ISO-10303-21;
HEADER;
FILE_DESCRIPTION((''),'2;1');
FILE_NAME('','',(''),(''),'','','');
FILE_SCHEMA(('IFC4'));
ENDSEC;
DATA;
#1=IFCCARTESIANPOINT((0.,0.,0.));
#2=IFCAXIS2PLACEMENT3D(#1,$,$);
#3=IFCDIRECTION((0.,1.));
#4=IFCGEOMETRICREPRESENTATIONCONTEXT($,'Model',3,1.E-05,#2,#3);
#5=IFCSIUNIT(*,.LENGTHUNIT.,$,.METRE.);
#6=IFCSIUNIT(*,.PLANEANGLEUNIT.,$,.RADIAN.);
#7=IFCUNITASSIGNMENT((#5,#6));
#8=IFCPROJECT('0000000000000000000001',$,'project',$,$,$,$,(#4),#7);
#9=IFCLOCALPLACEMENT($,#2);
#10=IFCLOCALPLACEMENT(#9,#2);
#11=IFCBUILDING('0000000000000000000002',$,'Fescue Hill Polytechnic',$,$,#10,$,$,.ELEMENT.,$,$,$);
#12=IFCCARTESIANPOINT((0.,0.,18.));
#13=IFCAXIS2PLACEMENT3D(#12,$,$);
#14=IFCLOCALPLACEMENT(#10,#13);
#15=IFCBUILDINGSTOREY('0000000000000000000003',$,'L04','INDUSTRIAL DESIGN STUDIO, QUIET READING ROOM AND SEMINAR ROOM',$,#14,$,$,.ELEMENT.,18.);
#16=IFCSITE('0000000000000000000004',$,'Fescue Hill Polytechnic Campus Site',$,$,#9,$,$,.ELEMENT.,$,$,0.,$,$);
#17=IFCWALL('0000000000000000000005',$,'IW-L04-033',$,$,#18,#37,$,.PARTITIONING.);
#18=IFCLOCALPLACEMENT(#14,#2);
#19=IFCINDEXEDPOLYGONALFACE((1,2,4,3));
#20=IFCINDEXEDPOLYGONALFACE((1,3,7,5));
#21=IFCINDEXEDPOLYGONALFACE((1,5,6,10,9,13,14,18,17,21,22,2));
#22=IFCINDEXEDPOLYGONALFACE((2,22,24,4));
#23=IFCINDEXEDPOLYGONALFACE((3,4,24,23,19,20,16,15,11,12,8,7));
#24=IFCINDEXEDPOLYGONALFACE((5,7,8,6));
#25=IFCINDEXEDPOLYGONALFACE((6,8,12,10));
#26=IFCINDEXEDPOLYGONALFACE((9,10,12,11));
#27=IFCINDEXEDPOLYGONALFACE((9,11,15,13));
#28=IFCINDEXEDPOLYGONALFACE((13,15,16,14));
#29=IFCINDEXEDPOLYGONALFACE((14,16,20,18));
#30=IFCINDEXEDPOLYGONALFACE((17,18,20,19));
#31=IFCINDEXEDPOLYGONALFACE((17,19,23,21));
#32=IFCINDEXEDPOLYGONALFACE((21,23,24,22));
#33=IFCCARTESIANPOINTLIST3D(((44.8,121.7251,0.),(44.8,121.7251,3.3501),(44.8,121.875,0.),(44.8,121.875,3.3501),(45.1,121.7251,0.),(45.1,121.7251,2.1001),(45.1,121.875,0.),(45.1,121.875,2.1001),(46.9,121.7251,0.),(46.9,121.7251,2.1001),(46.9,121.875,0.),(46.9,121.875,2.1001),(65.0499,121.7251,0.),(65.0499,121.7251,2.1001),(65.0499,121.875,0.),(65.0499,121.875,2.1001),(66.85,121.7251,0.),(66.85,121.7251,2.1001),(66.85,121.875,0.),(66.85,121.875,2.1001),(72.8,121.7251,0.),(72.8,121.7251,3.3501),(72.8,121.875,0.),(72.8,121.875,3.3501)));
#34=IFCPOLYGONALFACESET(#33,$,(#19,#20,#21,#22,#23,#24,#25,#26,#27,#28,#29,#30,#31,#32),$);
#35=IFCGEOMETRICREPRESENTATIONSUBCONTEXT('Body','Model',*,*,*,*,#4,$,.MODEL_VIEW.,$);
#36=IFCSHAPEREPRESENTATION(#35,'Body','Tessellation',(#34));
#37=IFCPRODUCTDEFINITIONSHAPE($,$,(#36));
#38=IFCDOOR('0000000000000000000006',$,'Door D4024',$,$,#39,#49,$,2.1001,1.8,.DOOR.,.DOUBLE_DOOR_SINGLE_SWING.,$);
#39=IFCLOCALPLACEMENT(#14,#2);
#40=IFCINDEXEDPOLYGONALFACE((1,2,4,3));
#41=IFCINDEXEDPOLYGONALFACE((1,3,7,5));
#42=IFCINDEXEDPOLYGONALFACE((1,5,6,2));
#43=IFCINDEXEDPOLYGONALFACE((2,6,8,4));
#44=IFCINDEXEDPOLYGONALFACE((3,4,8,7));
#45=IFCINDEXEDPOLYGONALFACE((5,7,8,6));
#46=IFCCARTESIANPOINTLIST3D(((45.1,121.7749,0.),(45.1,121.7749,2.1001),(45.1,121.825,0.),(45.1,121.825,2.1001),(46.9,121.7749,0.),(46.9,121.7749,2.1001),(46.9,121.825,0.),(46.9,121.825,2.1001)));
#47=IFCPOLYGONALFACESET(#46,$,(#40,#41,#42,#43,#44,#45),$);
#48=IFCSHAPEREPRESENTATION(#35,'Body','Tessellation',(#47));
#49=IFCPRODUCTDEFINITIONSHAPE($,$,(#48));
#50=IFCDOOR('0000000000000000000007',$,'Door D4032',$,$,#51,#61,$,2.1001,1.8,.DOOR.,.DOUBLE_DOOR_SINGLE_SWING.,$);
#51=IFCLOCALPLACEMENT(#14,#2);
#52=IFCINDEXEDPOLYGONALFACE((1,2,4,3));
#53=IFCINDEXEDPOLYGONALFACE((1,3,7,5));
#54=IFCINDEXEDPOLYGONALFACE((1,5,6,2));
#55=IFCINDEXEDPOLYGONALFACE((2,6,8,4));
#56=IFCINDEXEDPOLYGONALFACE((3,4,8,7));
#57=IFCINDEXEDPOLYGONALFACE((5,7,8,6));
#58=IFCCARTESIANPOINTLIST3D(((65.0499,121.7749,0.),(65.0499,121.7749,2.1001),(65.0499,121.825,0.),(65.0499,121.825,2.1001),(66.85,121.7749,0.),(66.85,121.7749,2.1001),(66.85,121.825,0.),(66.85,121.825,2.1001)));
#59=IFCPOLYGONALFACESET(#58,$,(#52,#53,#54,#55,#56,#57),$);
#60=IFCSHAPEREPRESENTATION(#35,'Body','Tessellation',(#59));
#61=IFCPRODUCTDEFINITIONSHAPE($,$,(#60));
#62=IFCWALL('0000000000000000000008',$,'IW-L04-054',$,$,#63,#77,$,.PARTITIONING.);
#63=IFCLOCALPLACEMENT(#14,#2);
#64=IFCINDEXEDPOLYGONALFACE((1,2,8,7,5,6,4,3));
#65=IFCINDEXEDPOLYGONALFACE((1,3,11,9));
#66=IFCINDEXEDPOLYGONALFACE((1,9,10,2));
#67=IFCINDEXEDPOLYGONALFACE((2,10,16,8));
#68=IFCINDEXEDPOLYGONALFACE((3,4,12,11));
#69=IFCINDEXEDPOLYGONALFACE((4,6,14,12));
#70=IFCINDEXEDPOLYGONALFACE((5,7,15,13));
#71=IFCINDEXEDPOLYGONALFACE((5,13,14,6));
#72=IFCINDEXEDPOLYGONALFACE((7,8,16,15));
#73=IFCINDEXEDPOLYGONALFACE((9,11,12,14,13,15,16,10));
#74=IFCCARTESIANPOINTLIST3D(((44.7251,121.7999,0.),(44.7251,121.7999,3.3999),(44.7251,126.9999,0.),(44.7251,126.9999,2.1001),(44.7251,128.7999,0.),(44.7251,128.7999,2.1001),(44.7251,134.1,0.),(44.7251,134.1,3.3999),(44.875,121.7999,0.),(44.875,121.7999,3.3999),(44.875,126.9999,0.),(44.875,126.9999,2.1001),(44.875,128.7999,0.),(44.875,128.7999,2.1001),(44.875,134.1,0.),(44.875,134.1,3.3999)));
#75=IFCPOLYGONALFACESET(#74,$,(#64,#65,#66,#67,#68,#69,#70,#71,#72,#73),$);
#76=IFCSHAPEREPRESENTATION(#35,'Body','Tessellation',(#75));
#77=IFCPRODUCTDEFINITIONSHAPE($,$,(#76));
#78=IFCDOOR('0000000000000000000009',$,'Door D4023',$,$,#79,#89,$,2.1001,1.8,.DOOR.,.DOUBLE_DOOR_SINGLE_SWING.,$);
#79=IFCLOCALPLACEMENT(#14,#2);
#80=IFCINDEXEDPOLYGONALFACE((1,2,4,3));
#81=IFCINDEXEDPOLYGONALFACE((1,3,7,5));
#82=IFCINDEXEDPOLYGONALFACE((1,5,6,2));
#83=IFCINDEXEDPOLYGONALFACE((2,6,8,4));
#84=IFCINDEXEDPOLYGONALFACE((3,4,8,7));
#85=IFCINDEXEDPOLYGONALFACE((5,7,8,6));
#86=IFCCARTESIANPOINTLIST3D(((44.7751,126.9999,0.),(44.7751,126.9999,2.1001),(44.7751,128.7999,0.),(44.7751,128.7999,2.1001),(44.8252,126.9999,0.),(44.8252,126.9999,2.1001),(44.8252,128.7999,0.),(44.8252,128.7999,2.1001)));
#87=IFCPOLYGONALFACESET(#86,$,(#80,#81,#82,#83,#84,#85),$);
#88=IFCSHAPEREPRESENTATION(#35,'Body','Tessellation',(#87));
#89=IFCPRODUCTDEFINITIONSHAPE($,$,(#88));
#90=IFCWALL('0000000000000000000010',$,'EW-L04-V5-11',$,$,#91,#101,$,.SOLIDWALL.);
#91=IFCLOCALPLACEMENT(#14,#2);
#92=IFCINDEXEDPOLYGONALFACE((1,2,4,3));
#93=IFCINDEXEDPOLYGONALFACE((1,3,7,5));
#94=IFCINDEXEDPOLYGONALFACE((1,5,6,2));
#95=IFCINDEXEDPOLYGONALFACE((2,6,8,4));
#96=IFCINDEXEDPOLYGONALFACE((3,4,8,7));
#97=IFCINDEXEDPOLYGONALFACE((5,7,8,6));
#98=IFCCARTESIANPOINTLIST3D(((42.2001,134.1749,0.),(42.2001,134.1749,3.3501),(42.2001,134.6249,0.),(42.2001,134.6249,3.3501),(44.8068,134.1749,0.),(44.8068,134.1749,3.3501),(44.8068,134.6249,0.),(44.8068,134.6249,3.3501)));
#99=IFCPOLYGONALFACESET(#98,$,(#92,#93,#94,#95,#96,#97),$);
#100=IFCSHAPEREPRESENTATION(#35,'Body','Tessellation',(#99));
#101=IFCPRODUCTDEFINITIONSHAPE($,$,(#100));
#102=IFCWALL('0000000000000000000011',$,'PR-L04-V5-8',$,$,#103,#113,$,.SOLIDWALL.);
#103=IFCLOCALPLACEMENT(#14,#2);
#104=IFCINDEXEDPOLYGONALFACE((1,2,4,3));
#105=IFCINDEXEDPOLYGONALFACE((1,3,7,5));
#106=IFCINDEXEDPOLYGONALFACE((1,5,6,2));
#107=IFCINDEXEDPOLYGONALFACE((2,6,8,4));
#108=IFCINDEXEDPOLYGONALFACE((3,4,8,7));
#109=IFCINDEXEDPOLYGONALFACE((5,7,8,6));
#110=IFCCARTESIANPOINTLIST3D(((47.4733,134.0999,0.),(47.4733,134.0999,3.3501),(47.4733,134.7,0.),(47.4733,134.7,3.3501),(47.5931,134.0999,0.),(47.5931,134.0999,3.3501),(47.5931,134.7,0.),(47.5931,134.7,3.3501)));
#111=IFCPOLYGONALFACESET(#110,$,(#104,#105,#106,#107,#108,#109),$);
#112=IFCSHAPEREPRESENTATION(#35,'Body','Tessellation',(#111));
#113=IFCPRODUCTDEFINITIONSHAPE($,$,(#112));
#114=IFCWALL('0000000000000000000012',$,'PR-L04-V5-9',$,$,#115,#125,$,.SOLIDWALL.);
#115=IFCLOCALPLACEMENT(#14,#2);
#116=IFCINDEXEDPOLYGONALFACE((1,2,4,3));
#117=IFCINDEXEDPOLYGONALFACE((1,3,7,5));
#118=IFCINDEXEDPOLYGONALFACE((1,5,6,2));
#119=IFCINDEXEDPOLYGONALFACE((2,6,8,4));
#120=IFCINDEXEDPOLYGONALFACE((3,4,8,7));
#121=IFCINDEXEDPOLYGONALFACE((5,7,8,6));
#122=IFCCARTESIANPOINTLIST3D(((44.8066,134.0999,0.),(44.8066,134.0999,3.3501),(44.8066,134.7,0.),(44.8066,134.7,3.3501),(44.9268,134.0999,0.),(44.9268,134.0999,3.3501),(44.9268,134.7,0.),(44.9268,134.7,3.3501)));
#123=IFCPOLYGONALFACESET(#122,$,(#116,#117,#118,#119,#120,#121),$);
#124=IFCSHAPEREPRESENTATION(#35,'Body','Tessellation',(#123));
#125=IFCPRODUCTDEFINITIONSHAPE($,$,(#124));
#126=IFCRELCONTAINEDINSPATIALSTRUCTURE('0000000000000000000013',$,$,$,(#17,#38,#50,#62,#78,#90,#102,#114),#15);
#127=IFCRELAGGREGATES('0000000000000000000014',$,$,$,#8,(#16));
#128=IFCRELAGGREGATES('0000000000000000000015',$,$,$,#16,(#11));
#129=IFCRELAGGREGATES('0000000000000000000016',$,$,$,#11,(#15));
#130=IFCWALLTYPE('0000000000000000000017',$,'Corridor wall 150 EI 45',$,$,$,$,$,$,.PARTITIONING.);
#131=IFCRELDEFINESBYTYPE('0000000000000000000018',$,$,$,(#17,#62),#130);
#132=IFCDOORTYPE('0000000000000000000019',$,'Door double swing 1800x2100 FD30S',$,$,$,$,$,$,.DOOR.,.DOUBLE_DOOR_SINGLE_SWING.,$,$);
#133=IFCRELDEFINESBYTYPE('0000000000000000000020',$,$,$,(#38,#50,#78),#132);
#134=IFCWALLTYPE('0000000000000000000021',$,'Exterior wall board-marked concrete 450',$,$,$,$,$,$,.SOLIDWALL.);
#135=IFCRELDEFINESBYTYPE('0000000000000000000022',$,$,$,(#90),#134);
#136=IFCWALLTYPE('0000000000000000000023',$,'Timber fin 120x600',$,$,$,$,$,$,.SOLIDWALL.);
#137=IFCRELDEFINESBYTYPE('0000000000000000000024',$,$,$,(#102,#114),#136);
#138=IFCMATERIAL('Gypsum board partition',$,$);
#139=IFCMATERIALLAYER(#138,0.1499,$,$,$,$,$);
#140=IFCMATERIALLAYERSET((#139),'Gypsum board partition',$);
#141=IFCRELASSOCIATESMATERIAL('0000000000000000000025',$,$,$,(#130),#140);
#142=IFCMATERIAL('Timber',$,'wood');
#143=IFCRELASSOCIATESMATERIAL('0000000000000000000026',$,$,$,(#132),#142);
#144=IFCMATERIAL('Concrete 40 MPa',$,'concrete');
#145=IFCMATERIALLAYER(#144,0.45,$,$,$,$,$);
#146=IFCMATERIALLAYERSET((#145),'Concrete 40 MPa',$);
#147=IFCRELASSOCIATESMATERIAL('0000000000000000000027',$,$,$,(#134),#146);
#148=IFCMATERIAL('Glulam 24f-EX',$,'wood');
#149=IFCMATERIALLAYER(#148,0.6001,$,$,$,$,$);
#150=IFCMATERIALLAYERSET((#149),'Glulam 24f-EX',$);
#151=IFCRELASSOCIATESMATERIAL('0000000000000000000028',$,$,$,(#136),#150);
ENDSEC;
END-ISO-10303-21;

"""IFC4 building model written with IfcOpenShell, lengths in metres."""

from ifc_helpers import new_model, si_unit, direction, frame, frame_2d, origin, place, context, subcontext, project, spatial, rectangle, extrude, material, layer, layer_set, type_object, element, fill, save


model = new_model("IFC4")

# Units and contexts
model_context = context("Model", 3, precision=1e-05, world=origin(), true_north=direction((0.0, 1.0)))
body_context = subcontext(model_context, "Body", "Model", "MODEL_VIEW")
ifc_project = project(units=[si_unit("LENGTHUNIT", "METRE"), si_unit("PLANEANGLEUNIT", "RADIAN")], contexts=[model_context])

# Site, building, storey
site_placement = place(None, origin())
site = spatial("IfcSite", under=ifc_project, at=site_placement, Name="Fescue Hill Polytechnic Campus Site", CompositionType="ELEMENT", RefElevation=0.0)
building_placement = place(site_placement, origin())
building = spatial("IfcBuilding", under=site, at=building_placement, Name="Fescue Hill Polytechnic", CompositionType="ELEMENT")
storey_placement = place(building_placement, frame((0.0, 0.0, 18.0)))
storey = spatial("IfcBuildingStorey", under=building, at=storey_placement, Name="L04", Description="INDUSTRIAL DESIGN STUDIO, QUIET READING ROOM AND SEMINAR ROOM", CompositionType="ELEMENT", Elevation=18.0)

# Shared definitions
ifc_material_1 = material(Name="Concrete 40 MPa", Category="concrete")

# Wall, openings, doors
ifc_material_2 = material(Name="Gypsum board partition")
ifc_layer_1 = layer(ifc_material_2, 0.1499)
ifc_layer_set_1 = layer_set([ifc_layer_1], Name="Gypsum board partition")
wall_type_1 = type_object("IfcWallType", Name="Corridor wall 150 EI 45", PredefinedType="PARTITIONING", material=ifc_layer_set_1)
wall_1_placement = place(storey_placement, frame((44.8, 121.8, 0.0), z_axis=(0.0, 0.0, 1.0), x_axis=(1.0, 0.0, 0.0)))
wall_1 = element("IfcWall", 1, at=wall_1_placement, inside=storey, type_object=wall_type_1, Name="IW-L04-033", PredefinedType="PARTITIONING", context=body_context, shape_type="SweptSolid", body=[
    extrude(rectangle(XDim=28.0, YDim=0.1499, at=frame_2d((14.0, 0.0))), origin(), (0.0, 0.0, 1.0), 3.3501),
])
opening_1_placement = place(wall_1_placement, frame((0.3, 0.0, 0.0)))
opening_1 = element("IfcOpeningElement", 2, at=opening_1_placement, cuts=wall_1, PredefinedType="OPENING", context=body_context, shape_type="SweptSolid", body=[
    extrude(rectangle(XDim=1.8, YDim=2.1001, at=frame_2d((0.8999, 1.05))), frame((0.0, 0.085, 0.0), z_axis=(0.0, -1.0, 0.0), x_axis=(1.0, 0.0, 0.0)), (0.0, 0.0, 1.0), 0.1699),
])
opening_2_placement = place(wall_1_placement, frame((20.25, 0.0, 0.0)))
opening_2 = element("IfcOpeningElement", 3, at=opening_2_placement, cuts=wall_1, PredefinedType="OPENING", context=body_context, shape_type="SweptSolid", body=[
    extrude(rectangle(XDim=1.8, YDim=2.1001, at=frame_2d((0.8999, 1.05))), frame((0.0, 0.085, 0.0), z_axis=(0.0, -1.0, 0.0), x_axis=(1.0, 0.0, 0.0)), (0.0, 0.0, 1.0), 0.1699),
])
ifc_material_3 = material(Name="Timber", Category="wood")
door_type = type_object("IfcDoorType", Name="Door double swing 1800x2100 FD30S", OperationType="DOUBLE_DOOR_SINGLE_SWING", PredefinedType="DOOR", material=ifc_material_3)
door_1_placement = place(opening_1_placement, origin())
door_1 = element("IfcDoor", 4, at=door_1_placement, inside=storey, type_object=door_type, Name="Door D4024", OperationType="DOUBLE_DOOR_SINGLE_SWING", OverallHeight=2.1001, OverallWidth=1.8, PredefinedType="DOOR", context=body_context, shape_type="SweptSolid", body=[
    extrude(rectangle(XDim=1.8, YDim=2.1001, at=frame_2d((0.8999, 1.05))), frame((0.0, 0.0249, 0.0), z_axis=(0.0, -1.0, 0.0), x_axis=(1.0, 0.0, 0.0)), (0.0, 0.0, 1.0), 0.05),
])
fill(opening_1, door_1)
door_2_placement = place(opening_2_placement, origin())
door_2 = element("IfcDoor", 5, at=door_2_placement, inside=storey, type_object=door_type, Name="Door D4032", OperationType="DOUBLE_DOOR_SINGLE_SWING", OverallHeight=2.1001, OverallWidth=1.8, PredefinedType="DOOR", context=body_context, shape_type="SweptSolid", body=[
    extrude(rectangle(XDim=1.8, YDim=2.1001, at=frame_2d((0.8999, 1.05))), frame((0.0, 0.0249, 0.0), z_axis=(0.0, -1.0, 0.0), x_axis=(1.0, 0.0, 0.0)), (0.0, 0.0, 1.0), 0.05),
])
fill(opening_2, door_2)

# Wall, opening, door
wall_2_placement = place(storey_placement, frame((44.8, 121.8, 0.0), z_axis=(0.0, 0.0, 1.0), x_axis=(0.0, 1.0, 0.0)))
wall_2 = element("IfcWall", 6, at=wall_2_placement, inside=storey, type_object=wall_type_1, Name="IW-L04-054", PredefinedType="PARTITIONING", context=body_context, shape_type="SweptSolid", body=[
    extrude(rectangle(XDim=12.3, YDim=0.1499, at=frame_2d((6.1499, 0.0))), origin(), (0.0, 0.0, 1.0), 3.3999),
])
opening_3_placement = place(wall_2_placement, frame((5.2, 0.0, 0.0)))
opening_3 = element("IfcOpeningElement", 7, at=opening_3_placement, cuts=wall_2, PredefinedType="OPENING", context=body_context, shape_type="SweptSolid", body=[
    extrude(rectangle(XDim=1.8, YDim=2.1001, at=frame_2d((0.8999, 1.05))), frame((0.0, 0.085, 0.0), z_axis=(0.0, -1.0, 0.0), x_axis=(1.0, 0.0, 0.0)), (0.0, 0.0, 1.0), 0.1699),
])
door_3_placement = place(opening_3_placement, origin())
door_3 = element("IfcDoor", 8, at=door_3_placement, inside=storey, type_object=door_type, Name="Door D4023", OperationType="DOUBLE_DOOR_SINGLE_SWING", OverallHeight=2.1001, OverallWidth=1.8, PredefinedType="DOOR", context=body_context, shape_type="SweptSolid", body=[
    extrude(rectangle(XDim=1.8, YDim=2.1001, at=frame_2d((0.8999, 1.05))), frame((0.0, 0.0249, 0.0), z_axis=(0.0, -1.0, 0.0), x_axis=(1.0, 0.0, 0.0)), (0.0, 0.0, 1.0), 0.05),
])
fill(opening_3, door_3)

# Walls
ifc_layer_2 = layer(ifc_material_1, 0.45)
ifc_layer_set_2 = layer_set([ifc_layer_2], Name="Concrete 40 MPa")
wall_type_2 = type_object("IfcWallType", Name="Exterior wall board-marked concrete 450", PredefinedType="SOLIDWALL", material=ifc_layer_set_2)
wall_3_placement = place(storey_placement, frame((44.8066, 134.3999, 0.0), z_axis=(0.0, 0.0, 1.0), x_axis=(-1.0, 0.0, 0.0)))
element("IfcWall", 9, at=wall_3_placement, inside=storey, type_object=wall_type_2, Name="EW-L04-V5-11", PredefinedType="SOLIDWALL", context=body_context, shape_type="SweptSolid", body=[
    extrude(rectangle(XDim=2.6067, YDim=0.45, at=frame_2d((1.3032, 0.0))), origin(), (0.0, 0.0, 1.0), 3.3501),
])
ifc_material_4 = material(Name="Glulam 24f-EX", Category="wood")
ifc_layer_3 = layer(ifc_material_4, 0.6001)
ifc_layer_set_3 = layer_set([ifc_layer_3], Name="Glulam 24f-EX")
wall_type_3 = type_object("IfcWallType", Name="Timber fin 120x600", PredefinedType="SOLIDWALL", material=ifc_layer_set_3)
wall_4_placement = place(storey_placement, frame((47.5933, 134.3999, 0.0), z_axis=(0.0, 0.0, 1.0), x_axis=(-1.0, 0.0, 0.0)))
element("IfcWall", 10, at=wall_4_placement, inside=storey, type_object=wall_type_3, Name="PR-L04-V5-8", PredefinedType="SOLIDWALL", context=body_context, shape_type="SweptSolid", body=[
    extrude(rectangle(XDim=0.1199, YDim=0.6001, at=frame_2d((0.0601, 0.0))), origin(), (0.0, 0.0, 1.0), 3.3501),
])
wall_5_placement = place(storey_placement, frame((44.9268, 134.3999, 0.0), z_axis=(0.0, 0.0, 1.0), x_axis=(-1.0, 0.0, 0.0)))
element("IfcWall", 11, at=wall_5_placement, inside=storey, type_object=wall_type_3, Name="PR-L04-V5-9", PredefinedType="SOLIDWALL", context=body_context, shape_type="SweptSolid", body=[
    extrude(rectangle(XDim=0.1201, YDim=0.6001, at=frame_2d((0.0601, 0.0))), origin(), (0.0, 0.0, 1.0), 3.3501),
])

save(model, "model.ifc")
